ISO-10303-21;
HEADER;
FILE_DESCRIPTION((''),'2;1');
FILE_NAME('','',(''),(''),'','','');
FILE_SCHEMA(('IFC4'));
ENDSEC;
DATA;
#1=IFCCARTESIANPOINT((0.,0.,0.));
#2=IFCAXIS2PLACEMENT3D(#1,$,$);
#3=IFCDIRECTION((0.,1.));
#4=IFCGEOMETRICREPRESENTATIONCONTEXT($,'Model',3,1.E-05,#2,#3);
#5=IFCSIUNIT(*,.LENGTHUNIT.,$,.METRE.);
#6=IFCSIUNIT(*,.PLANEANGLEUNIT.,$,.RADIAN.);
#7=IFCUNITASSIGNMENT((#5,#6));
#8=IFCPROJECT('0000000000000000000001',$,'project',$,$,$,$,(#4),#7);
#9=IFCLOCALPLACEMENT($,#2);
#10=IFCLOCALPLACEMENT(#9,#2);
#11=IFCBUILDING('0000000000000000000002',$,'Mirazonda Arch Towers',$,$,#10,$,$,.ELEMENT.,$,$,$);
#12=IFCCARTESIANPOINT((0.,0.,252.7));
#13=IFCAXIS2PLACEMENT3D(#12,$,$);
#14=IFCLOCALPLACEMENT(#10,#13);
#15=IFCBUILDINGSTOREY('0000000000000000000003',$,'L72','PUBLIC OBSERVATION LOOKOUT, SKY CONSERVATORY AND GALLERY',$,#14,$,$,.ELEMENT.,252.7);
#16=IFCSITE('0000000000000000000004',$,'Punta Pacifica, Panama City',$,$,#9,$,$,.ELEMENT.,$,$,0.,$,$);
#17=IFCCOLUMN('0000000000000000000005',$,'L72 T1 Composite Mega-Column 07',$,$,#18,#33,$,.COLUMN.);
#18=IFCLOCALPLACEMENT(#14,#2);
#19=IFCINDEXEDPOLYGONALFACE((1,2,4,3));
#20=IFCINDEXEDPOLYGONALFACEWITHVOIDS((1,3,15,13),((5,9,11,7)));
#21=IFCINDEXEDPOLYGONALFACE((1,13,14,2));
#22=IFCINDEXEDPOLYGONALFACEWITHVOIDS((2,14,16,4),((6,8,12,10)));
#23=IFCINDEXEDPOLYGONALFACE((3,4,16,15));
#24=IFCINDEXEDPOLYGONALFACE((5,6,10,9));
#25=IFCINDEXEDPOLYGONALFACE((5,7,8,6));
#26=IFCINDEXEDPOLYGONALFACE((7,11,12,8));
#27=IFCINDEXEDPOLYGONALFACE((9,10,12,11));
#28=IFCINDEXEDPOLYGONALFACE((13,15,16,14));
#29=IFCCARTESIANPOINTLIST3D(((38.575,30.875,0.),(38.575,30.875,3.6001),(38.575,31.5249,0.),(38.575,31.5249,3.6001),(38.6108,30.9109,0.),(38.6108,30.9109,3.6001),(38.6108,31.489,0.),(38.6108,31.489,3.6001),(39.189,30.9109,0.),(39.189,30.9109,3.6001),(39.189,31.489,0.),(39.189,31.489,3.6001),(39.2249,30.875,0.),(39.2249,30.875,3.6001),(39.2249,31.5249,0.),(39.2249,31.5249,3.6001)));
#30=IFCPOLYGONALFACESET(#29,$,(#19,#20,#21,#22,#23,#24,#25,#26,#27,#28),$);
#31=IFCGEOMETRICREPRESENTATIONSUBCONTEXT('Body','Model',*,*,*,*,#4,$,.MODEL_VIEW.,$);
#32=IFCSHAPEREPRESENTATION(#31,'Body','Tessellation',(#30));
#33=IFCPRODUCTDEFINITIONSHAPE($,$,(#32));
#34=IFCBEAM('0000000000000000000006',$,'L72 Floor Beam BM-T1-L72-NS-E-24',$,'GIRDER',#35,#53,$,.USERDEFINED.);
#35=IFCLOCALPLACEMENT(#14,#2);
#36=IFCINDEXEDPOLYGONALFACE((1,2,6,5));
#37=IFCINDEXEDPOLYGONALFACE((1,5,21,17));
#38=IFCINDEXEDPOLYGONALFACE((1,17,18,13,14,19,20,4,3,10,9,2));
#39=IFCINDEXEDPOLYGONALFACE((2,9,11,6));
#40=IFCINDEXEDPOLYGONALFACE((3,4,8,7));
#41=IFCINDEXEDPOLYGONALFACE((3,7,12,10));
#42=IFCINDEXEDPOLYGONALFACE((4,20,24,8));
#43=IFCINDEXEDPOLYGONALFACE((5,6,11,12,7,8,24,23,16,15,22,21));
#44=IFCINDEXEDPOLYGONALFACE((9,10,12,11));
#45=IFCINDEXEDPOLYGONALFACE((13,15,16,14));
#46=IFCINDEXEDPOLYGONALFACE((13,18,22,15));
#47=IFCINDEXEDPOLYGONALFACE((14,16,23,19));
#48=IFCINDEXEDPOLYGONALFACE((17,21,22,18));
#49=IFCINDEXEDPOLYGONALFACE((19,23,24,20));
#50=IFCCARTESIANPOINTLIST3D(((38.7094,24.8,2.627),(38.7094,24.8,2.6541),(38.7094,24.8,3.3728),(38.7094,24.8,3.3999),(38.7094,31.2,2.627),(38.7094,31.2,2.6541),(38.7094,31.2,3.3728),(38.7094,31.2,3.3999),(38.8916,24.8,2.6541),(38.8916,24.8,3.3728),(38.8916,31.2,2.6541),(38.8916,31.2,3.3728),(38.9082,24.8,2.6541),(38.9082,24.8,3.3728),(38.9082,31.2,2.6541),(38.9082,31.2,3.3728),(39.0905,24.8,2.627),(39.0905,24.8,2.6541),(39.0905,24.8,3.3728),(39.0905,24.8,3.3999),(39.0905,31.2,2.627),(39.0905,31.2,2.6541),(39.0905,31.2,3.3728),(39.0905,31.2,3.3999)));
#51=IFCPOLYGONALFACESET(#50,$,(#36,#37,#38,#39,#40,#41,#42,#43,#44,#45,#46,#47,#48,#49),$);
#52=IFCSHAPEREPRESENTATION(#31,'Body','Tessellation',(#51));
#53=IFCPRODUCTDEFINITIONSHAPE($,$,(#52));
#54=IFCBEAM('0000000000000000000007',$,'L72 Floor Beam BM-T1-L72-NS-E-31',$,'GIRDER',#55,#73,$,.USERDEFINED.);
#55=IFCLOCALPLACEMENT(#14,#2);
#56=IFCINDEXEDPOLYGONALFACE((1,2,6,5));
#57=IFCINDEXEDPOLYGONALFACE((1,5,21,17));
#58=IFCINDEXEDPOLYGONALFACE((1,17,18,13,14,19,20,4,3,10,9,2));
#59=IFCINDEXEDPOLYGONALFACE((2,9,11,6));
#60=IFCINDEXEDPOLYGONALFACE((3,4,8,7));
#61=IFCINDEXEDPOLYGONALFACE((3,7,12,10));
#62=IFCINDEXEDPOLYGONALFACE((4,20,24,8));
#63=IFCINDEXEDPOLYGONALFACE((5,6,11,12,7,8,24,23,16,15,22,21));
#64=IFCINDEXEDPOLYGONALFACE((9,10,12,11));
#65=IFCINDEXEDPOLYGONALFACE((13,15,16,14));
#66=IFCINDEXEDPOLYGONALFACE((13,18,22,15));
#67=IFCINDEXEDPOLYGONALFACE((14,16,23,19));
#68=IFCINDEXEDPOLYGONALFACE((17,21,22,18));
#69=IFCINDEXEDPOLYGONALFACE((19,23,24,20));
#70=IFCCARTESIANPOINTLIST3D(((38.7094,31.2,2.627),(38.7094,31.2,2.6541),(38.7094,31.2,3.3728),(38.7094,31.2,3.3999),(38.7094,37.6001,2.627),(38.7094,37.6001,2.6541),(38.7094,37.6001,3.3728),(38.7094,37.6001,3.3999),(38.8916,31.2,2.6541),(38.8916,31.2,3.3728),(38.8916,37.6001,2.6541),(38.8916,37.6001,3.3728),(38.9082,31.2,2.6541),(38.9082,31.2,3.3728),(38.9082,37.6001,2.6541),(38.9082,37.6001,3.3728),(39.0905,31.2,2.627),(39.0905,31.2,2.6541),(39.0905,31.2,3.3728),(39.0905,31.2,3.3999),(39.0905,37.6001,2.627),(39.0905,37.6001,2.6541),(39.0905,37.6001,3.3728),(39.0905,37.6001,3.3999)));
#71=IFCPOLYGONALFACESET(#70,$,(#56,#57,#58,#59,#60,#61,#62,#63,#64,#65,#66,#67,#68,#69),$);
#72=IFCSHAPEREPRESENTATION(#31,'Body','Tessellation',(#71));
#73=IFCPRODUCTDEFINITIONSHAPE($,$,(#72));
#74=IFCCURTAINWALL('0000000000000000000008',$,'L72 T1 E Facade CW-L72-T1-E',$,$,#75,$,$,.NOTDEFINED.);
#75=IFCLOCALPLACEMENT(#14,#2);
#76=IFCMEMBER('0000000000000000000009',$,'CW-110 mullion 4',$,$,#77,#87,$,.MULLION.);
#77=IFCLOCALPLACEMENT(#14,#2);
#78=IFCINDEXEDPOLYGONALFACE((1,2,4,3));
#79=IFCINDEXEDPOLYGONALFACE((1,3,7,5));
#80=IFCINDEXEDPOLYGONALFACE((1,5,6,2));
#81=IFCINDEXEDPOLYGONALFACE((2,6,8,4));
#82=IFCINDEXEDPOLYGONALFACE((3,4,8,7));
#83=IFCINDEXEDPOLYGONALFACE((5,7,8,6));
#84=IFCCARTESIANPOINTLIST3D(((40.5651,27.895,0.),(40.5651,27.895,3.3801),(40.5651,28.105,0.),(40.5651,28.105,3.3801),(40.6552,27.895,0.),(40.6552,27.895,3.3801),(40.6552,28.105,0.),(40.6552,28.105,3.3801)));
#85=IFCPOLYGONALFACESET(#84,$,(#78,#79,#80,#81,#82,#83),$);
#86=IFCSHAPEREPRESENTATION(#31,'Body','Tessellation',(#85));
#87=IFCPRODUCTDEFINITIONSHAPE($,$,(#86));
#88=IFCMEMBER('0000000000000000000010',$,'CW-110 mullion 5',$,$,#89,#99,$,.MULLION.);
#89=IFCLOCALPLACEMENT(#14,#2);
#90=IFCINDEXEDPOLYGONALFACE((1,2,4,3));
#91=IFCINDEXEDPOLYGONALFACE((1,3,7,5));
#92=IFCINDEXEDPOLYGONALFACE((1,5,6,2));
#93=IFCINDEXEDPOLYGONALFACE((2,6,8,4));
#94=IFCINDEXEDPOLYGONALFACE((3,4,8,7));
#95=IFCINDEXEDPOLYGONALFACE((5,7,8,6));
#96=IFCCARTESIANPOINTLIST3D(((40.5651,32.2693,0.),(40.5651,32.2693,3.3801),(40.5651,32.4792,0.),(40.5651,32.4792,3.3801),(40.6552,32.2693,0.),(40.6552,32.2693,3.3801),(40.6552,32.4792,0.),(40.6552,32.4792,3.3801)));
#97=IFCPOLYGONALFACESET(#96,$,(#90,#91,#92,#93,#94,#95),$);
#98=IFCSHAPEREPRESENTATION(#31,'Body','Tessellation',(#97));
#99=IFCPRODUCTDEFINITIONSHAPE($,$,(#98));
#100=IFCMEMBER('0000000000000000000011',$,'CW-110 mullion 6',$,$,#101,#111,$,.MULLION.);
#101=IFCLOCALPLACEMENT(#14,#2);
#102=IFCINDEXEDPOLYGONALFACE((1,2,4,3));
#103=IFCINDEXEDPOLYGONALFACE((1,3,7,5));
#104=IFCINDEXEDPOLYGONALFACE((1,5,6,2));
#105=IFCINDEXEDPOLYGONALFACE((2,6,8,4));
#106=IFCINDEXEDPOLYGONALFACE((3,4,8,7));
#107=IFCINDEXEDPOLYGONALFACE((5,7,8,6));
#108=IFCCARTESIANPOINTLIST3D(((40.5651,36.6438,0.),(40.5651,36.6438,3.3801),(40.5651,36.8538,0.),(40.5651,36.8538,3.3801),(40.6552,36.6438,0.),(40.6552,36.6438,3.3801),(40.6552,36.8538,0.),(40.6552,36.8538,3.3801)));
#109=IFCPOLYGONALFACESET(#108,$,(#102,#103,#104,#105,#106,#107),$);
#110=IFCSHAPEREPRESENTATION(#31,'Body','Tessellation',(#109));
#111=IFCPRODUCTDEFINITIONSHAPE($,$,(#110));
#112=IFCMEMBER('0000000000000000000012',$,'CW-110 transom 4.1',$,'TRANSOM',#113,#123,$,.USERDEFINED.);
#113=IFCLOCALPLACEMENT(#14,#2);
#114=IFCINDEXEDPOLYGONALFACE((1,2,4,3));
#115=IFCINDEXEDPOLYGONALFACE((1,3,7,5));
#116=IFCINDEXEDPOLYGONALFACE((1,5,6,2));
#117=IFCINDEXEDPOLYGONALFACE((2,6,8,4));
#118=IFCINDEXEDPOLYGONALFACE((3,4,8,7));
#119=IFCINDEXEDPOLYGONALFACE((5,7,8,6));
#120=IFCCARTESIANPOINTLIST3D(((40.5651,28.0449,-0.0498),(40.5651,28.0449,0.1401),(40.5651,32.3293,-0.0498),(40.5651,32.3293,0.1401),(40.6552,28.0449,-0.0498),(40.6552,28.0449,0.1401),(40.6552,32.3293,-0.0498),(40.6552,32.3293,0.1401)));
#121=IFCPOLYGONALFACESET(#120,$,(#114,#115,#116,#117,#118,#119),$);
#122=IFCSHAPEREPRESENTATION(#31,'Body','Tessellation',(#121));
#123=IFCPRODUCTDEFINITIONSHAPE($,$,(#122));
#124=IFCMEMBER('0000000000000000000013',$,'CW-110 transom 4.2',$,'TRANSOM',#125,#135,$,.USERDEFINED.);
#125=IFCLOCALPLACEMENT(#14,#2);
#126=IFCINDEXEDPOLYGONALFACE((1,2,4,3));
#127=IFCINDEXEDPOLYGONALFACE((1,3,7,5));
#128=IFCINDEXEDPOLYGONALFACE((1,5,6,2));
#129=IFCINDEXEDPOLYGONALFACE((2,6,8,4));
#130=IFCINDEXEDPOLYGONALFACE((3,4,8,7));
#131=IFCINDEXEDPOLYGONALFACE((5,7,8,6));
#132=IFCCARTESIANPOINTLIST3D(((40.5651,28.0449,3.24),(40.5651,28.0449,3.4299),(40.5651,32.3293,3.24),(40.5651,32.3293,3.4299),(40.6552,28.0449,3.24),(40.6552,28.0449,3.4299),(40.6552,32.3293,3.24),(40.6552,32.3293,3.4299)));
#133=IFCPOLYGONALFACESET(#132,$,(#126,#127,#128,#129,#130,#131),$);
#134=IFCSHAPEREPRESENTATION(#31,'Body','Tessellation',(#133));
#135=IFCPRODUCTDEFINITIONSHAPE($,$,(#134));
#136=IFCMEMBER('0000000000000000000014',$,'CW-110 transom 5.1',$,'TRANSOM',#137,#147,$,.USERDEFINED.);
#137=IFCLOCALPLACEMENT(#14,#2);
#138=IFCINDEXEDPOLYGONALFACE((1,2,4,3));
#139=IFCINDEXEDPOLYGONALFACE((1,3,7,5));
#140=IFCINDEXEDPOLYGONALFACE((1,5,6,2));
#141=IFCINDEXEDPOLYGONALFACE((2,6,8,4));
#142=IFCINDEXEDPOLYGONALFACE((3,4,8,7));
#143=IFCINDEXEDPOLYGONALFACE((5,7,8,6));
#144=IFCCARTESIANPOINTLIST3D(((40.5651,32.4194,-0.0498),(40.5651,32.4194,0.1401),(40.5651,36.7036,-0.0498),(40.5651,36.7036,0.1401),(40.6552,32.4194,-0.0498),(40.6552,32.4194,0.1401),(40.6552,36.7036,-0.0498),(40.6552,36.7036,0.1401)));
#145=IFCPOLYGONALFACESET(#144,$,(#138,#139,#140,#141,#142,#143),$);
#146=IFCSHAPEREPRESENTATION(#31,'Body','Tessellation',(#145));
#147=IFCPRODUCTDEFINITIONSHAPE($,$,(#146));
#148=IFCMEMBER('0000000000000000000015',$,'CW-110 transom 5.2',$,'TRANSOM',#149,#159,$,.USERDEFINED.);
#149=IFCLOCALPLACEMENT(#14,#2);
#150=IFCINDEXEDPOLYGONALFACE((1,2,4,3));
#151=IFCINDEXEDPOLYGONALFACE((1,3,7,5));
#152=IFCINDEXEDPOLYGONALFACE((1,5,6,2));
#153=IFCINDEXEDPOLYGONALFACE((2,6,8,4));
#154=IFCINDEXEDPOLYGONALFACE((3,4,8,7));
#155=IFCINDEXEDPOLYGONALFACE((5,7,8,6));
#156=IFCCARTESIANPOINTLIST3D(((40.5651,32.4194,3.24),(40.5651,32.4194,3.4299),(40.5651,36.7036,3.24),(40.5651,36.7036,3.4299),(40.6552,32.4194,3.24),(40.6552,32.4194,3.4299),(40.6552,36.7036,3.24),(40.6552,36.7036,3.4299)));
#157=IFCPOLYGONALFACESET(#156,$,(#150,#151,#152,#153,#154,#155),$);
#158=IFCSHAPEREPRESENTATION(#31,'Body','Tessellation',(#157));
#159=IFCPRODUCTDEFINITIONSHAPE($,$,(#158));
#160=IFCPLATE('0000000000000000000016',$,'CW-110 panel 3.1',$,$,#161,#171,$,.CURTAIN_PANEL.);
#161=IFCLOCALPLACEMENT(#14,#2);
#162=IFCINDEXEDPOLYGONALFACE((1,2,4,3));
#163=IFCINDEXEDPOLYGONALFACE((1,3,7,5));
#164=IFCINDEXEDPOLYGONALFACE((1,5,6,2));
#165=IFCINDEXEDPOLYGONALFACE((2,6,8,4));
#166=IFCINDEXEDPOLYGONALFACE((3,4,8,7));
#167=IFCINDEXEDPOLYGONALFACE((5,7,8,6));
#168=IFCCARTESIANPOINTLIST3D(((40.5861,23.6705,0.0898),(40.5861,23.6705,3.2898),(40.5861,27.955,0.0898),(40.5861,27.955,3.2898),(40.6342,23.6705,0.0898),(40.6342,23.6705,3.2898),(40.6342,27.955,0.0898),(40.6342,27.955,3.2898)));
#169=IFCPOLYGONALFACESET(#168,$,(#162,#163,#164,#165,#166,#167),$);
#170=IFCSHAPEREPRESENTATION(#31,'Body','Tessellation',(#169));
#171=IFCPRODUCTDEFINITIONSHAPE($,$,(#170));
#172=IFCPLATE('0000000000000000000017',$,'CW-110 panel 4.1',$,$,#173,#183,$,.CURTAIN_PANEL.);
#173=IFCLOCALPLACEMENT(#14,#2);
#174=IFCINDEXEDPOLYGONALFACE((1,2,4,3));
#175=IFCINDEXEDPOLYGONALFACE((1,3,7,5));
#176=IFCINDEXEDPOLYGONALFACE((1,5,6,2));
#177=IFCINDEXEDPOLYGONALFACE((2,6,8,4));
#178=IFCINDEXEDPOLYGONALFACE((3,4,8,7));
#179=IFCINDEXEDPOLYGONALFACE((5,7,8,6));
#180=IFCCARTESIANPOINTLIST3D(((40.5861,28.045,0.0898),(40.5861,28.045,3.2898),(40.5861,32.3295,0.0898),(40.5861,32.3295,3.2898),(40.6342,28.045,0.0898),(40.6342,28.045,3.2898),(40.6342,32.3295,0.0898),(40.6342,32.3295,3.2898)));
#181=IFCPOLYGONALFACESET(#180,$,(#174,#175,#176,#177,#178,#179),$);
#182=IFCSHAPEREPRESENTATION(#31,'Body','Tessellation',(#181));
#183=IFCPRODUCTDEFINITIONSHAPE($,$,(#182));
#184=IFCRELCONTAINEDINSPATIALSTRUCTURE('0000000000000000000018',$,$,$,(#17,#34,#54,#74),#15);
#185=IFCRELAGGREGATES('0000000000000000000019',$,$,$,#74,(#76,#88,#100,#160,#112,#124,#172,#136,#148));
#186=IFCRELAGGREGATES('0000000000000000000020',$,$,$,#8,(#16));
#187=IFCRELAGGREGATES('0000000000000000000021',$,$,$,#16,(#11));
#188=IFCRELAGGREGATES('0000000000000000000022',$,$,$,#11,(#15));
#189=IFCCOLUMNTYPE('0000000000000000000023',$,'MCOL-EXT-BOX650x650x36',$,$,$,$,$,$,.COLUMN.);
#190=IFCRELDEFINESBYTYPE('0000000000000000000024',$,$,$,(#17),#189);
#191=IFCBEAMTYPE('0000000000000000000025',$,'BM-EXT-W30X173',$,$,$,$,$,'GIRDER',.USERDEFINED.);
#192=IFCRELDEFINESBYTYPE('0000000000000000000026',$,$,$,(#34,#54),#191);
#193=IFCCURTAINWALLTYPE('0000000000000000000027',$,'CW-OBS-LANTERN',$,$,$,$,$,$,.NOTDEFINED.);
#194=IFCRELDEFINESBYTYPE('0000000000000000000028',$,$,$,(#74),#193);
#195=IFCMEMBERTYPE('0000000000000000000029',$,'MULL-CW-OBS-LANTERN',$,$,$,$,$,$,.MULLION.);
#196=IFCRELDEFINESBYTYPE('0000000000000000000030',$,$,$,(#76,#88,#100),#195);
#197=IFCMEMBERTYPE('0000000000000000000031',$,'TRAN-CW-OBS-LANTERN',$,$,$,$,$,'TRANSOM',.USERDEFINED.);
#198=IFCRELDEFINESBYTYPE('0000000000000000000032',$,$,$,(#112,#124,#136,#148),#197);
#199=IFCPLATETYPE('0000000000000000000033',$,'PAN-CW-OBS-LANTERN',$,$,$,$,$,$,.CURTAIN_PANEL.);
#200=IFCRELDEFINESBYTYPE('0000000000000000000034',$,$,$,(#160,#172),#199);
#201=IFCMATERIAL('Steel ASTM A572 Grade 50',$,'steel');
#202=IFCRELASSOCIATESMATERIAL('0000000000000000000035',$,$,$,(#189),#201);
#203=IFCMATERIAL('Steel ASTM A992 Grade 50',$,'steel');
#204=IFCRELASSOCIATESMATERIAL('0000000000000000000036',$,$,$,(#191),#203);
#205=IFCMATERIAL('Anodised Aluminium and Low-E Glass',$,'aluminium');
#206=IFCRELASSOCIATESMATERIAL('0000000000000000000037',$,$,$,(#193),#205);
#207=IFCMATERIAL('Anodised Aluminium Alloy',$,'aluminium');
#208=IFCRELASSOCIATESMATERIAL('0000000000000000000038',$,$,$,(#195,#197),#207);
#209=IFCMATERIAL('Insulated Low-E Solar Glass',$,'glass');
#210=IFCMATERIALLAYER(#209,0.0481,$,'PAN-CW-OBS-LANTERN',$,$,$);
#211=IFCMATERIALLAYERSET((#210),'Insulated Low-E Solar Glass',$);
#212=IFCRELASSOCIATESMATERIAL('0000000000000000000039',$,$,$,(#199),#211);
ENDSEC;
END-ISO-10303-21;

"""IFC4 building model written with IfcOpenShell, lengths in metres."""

from ifc_helpers import new_model, si_unit, direction, frame, origin, origin_2d, place, context, subcontext, project, spatial, rectangle, hollow_rectangle, i_section, extrude, material, layer, layer_set, material_profile, profile_set, type_object, element, aggregate, save


model = new_model("IFC4")

# Units and contexts
model_context = context("Model", 3, precision=1e-05, world=origin(), true_north=direction((0.0, 1.0)))
body_context = subcontext(model_context, "Body", "Model", "MODEL_VIEW")
ifc_project = project(units=[si_unit("LENGTHUNIT", "METRE"), si_unit("PLANEANGLEUNIT", "RADIAN")], contexts=[model_context])

# Site, building, storey
site_placement = place(None, origin())
site = spatial("IfcSite", under=ifc_project, at=site_placement, Name="Punta Pacifica, Panama City", CompositionType="ELEMENT", RefElevation=0.0)
building_placement = place(site_placement, origin())
building = spatial("IfcBuilding", under=site, at=building_placement, Name="Mirazonda Arch Towers", CompositionType="ELEMENT")
storey_placement = place(building_placement, frame((0.0, 0.0, 252.7)))
storey = spatial("IfcBuildingStorey", under=building, at=storey_placement, Name="L72", Description="PUBLIC OBSERVATION LOOKOUT, SKY CONSERVATORY AND GALLERY", CompositionType="ELEMENT", Elevation=252.7)

# Column
ifc_material_1 = material(Name="Steel ASTM A572 Grade 50", Category="steel")
ifc_material_profile_1 = material_profile(ifc_material_1, hollow_rectangle(XDim=0.6499, YDim=0.6499, WallThickness=0.0359, at=origin_2d()), Name="BOX650x650x36")
ifc_profile_set_1 = profile_set([ifc_material_profile_1], Name="Steel ASTM A572 Grade 50")
column_type = type_object("IfcColumnType", Name="MCOL-EXT-BOX650x650x36", PredefinedType="COLUMN", material=ifc_profile_set_1)
column_placement = place(storey_placement, frame((38.8999, 31.2, 0.0), z_axis=(0.0, 0.0, 1.0), x_axis=(1.0, 0.0, 0.0)))
element("IfcColumn", 1, at=column_placement, inside=storey, type_object=column_type, Name="L72 T1 Composite Mega-Column 07", PredefinedType="COLUMN", context=body_context, shape_type="SweptSolid", body=[
    extrude(hollow_rectangle(XDim=0.6499, YDim=0.6499, WallThickness=0.0359, at=origin_2d()), origin(), (0.0, 0.0, 1.0), 3.6001),
])

# Beams
ifc_material_2 = material(Name="Steel ASTM A992 Grade 50", Category="steel")
ifc_material_profile_2 = material_profile(ifc_material_2, i_section(OverallWidth=0.3811, OverallDepth=0.7729, WebThickness=0.0166, FlangeThickness=0.0271, at=origin_2d()), Name="W30X173")
ifc_profile_set_2 = profile_set([ifc_material_profile_2], Name="Steel ASTM A992 Grade 50")
beam_type = type_object("IfcBeamType", Name="BM-EXT-W30X173", ElementType="GIRDER", PredefinedType="USERDEFINED", material=ifc_profile_set_2)
beam_1_placement = place(storey_placement, frame((38.8999, 24.8, 3.0134), z_axis=(0.0, 1.0, 0.0), x_axis=(-1.0, 0.0, 0.0)))
element("IfcBeam", 2, at=beam_1_placement, inside=storey, type_object=beam_type, Name="L72 Floor Beam BM-T1-L72-NS-E-24", ObjectType="GIRDER", PredefinedType="USERDEFINED", context=body_context, shape_type="SweptSolid", body=[
    extrude(i_section(OverallWidth=0.3811, OverallDepth=0.7729, WebThickness=0.0166, FlangeThickness=0.0271, at=origin_2d()), origin(), (0.0, 0.0, 1.0), 6.3999),
])
beam_2_placement = place(storey_placement, frame((38.8999, 31.2, 3.0134), z_axis=(0.0, 1.0, 0.0), x_axis=(-1.0, 0.0, 0.0)))
element("IfcBeam", 3, at=beam_2_placement, inside=storey, type_object=beam_type, Name="L72 Floor Beam BM-T1-L72-NS-E-31", ObjectType="GIRDER", PredefinedType="USERDEFINED", context=body_context, shape_type="SweptSolid", body=[
    extrude(i_section(OverallWidth=0.3811, OverallDepth=0.7729, WebThickness=0.0166, FlangeThickness=0.0271, at=origin_2d()), origin(), (0.0, 0.0, 1.0), 6.4001),
])

# Curtain wall, members, plates
ifc_material_3 = material(Name="Anodised Aluminium and Low-E Glass", Category="aluminium")
curtain_wall_type = type_object("IfcCurtainWallType", Name="CW-OBS-LANTERN", PredefinedType="NOTDEFINED", material=ifc_material_3)
curtain_wall_placement = place(storey_placement, origin())
curtain_wall = element("IfcCurtainWall", 4, at=curtain_wall_placement, inside=storey, type_object=curtain_wall_type, Name="L72 T1 E Facade CW-L72-T1-E", PredefinedType="NOTDEFINED")
ifc_material_4 = material(Name="Anodised Aluminium Alloy", Category="aluminium")
ifc_material_profile_3 = material_profile(ifc_material_4, rectangle(XDim=0.0901, YDim=0.21, at=origin_2d()), Name="ALU-MULL-90x210")
ifc_profile_set_3 = profile_set([ifc_material_profile_3], Name="Anodised Aluminium Alloy")
member_type_1 = type_object("IfcMemberType", Name="MULL-CW-OBS-LANTERN", PredefinedType="MULLION", material=ifc_profile_set_3)
member_1_placement = place(storey_placement, frame((40.6101, 28.0, 0.0), z_axis=(0.0, 0.0, 1.0), x_axis=(-1.0, 0.0, 0.0)))
member_1 = element("IfcMember", 5, at=member_1_placement, type_object=member_type_1, Name="CW-110 mullion 4", PredefinedType="MULLION", context=body_context, shape_type="SweptSolid", body=[
    extrude(rectangle(XDim=0.0901, YDim=0.21, at=origin_2d()), origin(), (0.0, 0.0, 1.0), 3.3801),
])
member_2_placement = place(storey_placement, frame((40.6101, 32.3743, 0.0), z_axis=(0.0, 0.0, 1.0), x_axis=(-1.0, 0.0, 0.0)))
member_2 = element("IfcMember", 6, at=member_2_placement, type_object=member_type_1, Name="CW-110 mullion 5", PredefinedType="MULLION", context=body_context, shape_type="SweptSolid", body=[
    extrude(rectangle(XDim=0.0901, YDim=0.21, at=origin_2d()), origin(), (0.0, 0.0, 1.0), 3.3801),
])
member_3_placement = place(storey_placement, frame((40.6101, 36.7488, 0.0), z_axis=(0.0, 0.0, 1.0), x_axis=(-1.0, 0.0, 0.0)))
member_3 = element("IfcMember", 7, at=member_3_placement, type_object=member_type_1, Name="CW-110 mullion 6", PredefinedType="MULLION", context=body_context, shape_type="SweptSolid", body=[
    extrude(rectangle(XDim=0.0901, YDim=0.21, at=origin_2d()), origin(), (0.0, 0.0, 1.0), 3.3801),
])
ifc_material_profile_4 = material_profile(ifc_material_4, rectangle(XDim=0.0901, YDim=0.1899, at=origin_2d()), Name="ALU-TRAN-90x190")
ifc_profile_set_4 = profile_set([ifc_material_profile_4], Name="Anodised Aluminium Alloy")
member_type_2 = type_object("IfcMemberType", Name="TRAN-CW-OBS-LANTERN", ElementType="TRANSOM", PredefinedType="USERDEFINED", material=ifc_profile_set_4)
member_4_placement = place(storey_placement, frame((40.6101, 28.0449, 0.0452), z_axis=(0.0, 1.0, 0.0), x_axis=(-1.0, 0.0, 0.0)))
member_4 = element("IfcMember", 8, at=member_4_placement, type_object=member_type_2, Name="CW-110 transom 4.1", ObjectType="TRANSOM", PredefinedType="USERDEFINED", context=body_context, shape_type="SweptSolid", body=[
    extrude(rectangle(XDim=0.0901, YDim=0.1899, at=origin_2d()), origin(), (0.0, 0.0, 1.0), 4.2844),
])
member_5_placement = place(storey_placement, frame((40.6101, 28.0449, 3.335), z_axis=(0.0, 1.0, 0.0), x_axis=(-1.0, 0.0, 0.0)))
member_5 = element("IfcMember", 9, at=member_5_placement, type_object=member_type_2, Name="CW-110 transom 4.2", ObjectType="TRANSOM", PredefinedType="USERDEFINED", context=body_context, shape_type="SweptSolid", body=[
    extrude(rectangle(XDim=0.0901, YDim=0.1899, at=origin_2d()), origin(), (0.0, 0.0, 1.0), 4.2844),
])
member_6_placement = place(storey_placement, frame((40.6101, 32.4194, 0.0452), z_axis=(0.0, 1.0, 0.0), x_axis=(-1.0, 0.0, 0.0)))
member_6 = element("IfcMember", 10, at=member_6_placement, type_object=member_type_2, Name="CW-110 transom 5.1", ObjectType="TRANSOM", PredefinedType="USERDEFINED", context=body_context, shape_type="SweptSolid", body=[
    extrude(rectangle(XDim=0.0901, YDim=0.1899, at=origin_2d()), origin(), (0.0, 0.0, 1.0), 4.2842),
])
member_7_placement = place(storey_placement, frame((40.6101, 32.4194, 3.335), z_axis=(0.0, 1.0, 0.0), x_axis=(-1.0, 0.0, 0.0)))
member_7 = element("IfcMember", 11, at=member_7_placement, type_object=member_type_2, Name="CW-110 transom 5.2", ObjectType="TRANSOM", PredefinedType="USERDEFINED", context=body_context, shape_type="SweptSolid", body=[
    extrude(rectangle(XDim=0.0901, YDim=0.1899, at=origin_2d()), origin(), (0.0, 0.0, 1.0), 4.2842),
])
ifc_material_5 = material(Name="Insulated Low-E Solar Glass", Category="glass")
ifc_layer_1 = layer(ifc_material_5, 0.0481, Name="PAN-CW-OBS-LANTERN")
ifc_layer_set_1 = layer_set([ifc_layer_1], Name="Insulated Low-E Solar Glass")
plate_type = type_object("IfcPlateType", Name="PAN-CW-OBS-LANTERN", PredefinedType="CURTAIN_PANEL", material=ifc_layer_set_1)
plate_1_placement = place(storey_placement, frame((40.6101, 25.8127, 0.0898), z_axis=(0.0, 0.0, 1.0), x_axis=(0.0, 1.0, 0.0)))
plate_1 = element("IfcPlate", 12, at=plate_1_placement, type_object=plate_type, Name="CW-110 panel 3.1", PredefinedType="CURTAIN_PANEL", context=body_context, shape_type="SweptSolid", body=[
    extrude(rectangle(XDim=4.2844, YDim=0.0481, at=origin_2d()), origin(), (0.0, 0.0, 1.0), 3.2),
])
plate_2_placement = place(storey_placement, frame((40.6101, 30.1873, 0.0898), z_axis=(0.0, 0.0, 1.0), x_axis=(0.0, 1.0, 0.0)))
plate_2 = element("IfcPlate", 13, at=plate_2_placement, type_object=plate_type, Name="CW-110 panel 4.1", PredefinedType="CURTAIN_PANEL", context=body_context, shape_type="SweptSolid", body=[
    extrude(rectangle(XDim=4.2844, YDim=0.0481, at=origin_2d()), origin(), (0.0, 0.0, 1.0), 3.2),
])
aggregate(curtain_wall, [member_1, member_2, member_3, plate_1, member_4, member_5, plate_2, member_6, member_7])

save(model, "model.ifc")
